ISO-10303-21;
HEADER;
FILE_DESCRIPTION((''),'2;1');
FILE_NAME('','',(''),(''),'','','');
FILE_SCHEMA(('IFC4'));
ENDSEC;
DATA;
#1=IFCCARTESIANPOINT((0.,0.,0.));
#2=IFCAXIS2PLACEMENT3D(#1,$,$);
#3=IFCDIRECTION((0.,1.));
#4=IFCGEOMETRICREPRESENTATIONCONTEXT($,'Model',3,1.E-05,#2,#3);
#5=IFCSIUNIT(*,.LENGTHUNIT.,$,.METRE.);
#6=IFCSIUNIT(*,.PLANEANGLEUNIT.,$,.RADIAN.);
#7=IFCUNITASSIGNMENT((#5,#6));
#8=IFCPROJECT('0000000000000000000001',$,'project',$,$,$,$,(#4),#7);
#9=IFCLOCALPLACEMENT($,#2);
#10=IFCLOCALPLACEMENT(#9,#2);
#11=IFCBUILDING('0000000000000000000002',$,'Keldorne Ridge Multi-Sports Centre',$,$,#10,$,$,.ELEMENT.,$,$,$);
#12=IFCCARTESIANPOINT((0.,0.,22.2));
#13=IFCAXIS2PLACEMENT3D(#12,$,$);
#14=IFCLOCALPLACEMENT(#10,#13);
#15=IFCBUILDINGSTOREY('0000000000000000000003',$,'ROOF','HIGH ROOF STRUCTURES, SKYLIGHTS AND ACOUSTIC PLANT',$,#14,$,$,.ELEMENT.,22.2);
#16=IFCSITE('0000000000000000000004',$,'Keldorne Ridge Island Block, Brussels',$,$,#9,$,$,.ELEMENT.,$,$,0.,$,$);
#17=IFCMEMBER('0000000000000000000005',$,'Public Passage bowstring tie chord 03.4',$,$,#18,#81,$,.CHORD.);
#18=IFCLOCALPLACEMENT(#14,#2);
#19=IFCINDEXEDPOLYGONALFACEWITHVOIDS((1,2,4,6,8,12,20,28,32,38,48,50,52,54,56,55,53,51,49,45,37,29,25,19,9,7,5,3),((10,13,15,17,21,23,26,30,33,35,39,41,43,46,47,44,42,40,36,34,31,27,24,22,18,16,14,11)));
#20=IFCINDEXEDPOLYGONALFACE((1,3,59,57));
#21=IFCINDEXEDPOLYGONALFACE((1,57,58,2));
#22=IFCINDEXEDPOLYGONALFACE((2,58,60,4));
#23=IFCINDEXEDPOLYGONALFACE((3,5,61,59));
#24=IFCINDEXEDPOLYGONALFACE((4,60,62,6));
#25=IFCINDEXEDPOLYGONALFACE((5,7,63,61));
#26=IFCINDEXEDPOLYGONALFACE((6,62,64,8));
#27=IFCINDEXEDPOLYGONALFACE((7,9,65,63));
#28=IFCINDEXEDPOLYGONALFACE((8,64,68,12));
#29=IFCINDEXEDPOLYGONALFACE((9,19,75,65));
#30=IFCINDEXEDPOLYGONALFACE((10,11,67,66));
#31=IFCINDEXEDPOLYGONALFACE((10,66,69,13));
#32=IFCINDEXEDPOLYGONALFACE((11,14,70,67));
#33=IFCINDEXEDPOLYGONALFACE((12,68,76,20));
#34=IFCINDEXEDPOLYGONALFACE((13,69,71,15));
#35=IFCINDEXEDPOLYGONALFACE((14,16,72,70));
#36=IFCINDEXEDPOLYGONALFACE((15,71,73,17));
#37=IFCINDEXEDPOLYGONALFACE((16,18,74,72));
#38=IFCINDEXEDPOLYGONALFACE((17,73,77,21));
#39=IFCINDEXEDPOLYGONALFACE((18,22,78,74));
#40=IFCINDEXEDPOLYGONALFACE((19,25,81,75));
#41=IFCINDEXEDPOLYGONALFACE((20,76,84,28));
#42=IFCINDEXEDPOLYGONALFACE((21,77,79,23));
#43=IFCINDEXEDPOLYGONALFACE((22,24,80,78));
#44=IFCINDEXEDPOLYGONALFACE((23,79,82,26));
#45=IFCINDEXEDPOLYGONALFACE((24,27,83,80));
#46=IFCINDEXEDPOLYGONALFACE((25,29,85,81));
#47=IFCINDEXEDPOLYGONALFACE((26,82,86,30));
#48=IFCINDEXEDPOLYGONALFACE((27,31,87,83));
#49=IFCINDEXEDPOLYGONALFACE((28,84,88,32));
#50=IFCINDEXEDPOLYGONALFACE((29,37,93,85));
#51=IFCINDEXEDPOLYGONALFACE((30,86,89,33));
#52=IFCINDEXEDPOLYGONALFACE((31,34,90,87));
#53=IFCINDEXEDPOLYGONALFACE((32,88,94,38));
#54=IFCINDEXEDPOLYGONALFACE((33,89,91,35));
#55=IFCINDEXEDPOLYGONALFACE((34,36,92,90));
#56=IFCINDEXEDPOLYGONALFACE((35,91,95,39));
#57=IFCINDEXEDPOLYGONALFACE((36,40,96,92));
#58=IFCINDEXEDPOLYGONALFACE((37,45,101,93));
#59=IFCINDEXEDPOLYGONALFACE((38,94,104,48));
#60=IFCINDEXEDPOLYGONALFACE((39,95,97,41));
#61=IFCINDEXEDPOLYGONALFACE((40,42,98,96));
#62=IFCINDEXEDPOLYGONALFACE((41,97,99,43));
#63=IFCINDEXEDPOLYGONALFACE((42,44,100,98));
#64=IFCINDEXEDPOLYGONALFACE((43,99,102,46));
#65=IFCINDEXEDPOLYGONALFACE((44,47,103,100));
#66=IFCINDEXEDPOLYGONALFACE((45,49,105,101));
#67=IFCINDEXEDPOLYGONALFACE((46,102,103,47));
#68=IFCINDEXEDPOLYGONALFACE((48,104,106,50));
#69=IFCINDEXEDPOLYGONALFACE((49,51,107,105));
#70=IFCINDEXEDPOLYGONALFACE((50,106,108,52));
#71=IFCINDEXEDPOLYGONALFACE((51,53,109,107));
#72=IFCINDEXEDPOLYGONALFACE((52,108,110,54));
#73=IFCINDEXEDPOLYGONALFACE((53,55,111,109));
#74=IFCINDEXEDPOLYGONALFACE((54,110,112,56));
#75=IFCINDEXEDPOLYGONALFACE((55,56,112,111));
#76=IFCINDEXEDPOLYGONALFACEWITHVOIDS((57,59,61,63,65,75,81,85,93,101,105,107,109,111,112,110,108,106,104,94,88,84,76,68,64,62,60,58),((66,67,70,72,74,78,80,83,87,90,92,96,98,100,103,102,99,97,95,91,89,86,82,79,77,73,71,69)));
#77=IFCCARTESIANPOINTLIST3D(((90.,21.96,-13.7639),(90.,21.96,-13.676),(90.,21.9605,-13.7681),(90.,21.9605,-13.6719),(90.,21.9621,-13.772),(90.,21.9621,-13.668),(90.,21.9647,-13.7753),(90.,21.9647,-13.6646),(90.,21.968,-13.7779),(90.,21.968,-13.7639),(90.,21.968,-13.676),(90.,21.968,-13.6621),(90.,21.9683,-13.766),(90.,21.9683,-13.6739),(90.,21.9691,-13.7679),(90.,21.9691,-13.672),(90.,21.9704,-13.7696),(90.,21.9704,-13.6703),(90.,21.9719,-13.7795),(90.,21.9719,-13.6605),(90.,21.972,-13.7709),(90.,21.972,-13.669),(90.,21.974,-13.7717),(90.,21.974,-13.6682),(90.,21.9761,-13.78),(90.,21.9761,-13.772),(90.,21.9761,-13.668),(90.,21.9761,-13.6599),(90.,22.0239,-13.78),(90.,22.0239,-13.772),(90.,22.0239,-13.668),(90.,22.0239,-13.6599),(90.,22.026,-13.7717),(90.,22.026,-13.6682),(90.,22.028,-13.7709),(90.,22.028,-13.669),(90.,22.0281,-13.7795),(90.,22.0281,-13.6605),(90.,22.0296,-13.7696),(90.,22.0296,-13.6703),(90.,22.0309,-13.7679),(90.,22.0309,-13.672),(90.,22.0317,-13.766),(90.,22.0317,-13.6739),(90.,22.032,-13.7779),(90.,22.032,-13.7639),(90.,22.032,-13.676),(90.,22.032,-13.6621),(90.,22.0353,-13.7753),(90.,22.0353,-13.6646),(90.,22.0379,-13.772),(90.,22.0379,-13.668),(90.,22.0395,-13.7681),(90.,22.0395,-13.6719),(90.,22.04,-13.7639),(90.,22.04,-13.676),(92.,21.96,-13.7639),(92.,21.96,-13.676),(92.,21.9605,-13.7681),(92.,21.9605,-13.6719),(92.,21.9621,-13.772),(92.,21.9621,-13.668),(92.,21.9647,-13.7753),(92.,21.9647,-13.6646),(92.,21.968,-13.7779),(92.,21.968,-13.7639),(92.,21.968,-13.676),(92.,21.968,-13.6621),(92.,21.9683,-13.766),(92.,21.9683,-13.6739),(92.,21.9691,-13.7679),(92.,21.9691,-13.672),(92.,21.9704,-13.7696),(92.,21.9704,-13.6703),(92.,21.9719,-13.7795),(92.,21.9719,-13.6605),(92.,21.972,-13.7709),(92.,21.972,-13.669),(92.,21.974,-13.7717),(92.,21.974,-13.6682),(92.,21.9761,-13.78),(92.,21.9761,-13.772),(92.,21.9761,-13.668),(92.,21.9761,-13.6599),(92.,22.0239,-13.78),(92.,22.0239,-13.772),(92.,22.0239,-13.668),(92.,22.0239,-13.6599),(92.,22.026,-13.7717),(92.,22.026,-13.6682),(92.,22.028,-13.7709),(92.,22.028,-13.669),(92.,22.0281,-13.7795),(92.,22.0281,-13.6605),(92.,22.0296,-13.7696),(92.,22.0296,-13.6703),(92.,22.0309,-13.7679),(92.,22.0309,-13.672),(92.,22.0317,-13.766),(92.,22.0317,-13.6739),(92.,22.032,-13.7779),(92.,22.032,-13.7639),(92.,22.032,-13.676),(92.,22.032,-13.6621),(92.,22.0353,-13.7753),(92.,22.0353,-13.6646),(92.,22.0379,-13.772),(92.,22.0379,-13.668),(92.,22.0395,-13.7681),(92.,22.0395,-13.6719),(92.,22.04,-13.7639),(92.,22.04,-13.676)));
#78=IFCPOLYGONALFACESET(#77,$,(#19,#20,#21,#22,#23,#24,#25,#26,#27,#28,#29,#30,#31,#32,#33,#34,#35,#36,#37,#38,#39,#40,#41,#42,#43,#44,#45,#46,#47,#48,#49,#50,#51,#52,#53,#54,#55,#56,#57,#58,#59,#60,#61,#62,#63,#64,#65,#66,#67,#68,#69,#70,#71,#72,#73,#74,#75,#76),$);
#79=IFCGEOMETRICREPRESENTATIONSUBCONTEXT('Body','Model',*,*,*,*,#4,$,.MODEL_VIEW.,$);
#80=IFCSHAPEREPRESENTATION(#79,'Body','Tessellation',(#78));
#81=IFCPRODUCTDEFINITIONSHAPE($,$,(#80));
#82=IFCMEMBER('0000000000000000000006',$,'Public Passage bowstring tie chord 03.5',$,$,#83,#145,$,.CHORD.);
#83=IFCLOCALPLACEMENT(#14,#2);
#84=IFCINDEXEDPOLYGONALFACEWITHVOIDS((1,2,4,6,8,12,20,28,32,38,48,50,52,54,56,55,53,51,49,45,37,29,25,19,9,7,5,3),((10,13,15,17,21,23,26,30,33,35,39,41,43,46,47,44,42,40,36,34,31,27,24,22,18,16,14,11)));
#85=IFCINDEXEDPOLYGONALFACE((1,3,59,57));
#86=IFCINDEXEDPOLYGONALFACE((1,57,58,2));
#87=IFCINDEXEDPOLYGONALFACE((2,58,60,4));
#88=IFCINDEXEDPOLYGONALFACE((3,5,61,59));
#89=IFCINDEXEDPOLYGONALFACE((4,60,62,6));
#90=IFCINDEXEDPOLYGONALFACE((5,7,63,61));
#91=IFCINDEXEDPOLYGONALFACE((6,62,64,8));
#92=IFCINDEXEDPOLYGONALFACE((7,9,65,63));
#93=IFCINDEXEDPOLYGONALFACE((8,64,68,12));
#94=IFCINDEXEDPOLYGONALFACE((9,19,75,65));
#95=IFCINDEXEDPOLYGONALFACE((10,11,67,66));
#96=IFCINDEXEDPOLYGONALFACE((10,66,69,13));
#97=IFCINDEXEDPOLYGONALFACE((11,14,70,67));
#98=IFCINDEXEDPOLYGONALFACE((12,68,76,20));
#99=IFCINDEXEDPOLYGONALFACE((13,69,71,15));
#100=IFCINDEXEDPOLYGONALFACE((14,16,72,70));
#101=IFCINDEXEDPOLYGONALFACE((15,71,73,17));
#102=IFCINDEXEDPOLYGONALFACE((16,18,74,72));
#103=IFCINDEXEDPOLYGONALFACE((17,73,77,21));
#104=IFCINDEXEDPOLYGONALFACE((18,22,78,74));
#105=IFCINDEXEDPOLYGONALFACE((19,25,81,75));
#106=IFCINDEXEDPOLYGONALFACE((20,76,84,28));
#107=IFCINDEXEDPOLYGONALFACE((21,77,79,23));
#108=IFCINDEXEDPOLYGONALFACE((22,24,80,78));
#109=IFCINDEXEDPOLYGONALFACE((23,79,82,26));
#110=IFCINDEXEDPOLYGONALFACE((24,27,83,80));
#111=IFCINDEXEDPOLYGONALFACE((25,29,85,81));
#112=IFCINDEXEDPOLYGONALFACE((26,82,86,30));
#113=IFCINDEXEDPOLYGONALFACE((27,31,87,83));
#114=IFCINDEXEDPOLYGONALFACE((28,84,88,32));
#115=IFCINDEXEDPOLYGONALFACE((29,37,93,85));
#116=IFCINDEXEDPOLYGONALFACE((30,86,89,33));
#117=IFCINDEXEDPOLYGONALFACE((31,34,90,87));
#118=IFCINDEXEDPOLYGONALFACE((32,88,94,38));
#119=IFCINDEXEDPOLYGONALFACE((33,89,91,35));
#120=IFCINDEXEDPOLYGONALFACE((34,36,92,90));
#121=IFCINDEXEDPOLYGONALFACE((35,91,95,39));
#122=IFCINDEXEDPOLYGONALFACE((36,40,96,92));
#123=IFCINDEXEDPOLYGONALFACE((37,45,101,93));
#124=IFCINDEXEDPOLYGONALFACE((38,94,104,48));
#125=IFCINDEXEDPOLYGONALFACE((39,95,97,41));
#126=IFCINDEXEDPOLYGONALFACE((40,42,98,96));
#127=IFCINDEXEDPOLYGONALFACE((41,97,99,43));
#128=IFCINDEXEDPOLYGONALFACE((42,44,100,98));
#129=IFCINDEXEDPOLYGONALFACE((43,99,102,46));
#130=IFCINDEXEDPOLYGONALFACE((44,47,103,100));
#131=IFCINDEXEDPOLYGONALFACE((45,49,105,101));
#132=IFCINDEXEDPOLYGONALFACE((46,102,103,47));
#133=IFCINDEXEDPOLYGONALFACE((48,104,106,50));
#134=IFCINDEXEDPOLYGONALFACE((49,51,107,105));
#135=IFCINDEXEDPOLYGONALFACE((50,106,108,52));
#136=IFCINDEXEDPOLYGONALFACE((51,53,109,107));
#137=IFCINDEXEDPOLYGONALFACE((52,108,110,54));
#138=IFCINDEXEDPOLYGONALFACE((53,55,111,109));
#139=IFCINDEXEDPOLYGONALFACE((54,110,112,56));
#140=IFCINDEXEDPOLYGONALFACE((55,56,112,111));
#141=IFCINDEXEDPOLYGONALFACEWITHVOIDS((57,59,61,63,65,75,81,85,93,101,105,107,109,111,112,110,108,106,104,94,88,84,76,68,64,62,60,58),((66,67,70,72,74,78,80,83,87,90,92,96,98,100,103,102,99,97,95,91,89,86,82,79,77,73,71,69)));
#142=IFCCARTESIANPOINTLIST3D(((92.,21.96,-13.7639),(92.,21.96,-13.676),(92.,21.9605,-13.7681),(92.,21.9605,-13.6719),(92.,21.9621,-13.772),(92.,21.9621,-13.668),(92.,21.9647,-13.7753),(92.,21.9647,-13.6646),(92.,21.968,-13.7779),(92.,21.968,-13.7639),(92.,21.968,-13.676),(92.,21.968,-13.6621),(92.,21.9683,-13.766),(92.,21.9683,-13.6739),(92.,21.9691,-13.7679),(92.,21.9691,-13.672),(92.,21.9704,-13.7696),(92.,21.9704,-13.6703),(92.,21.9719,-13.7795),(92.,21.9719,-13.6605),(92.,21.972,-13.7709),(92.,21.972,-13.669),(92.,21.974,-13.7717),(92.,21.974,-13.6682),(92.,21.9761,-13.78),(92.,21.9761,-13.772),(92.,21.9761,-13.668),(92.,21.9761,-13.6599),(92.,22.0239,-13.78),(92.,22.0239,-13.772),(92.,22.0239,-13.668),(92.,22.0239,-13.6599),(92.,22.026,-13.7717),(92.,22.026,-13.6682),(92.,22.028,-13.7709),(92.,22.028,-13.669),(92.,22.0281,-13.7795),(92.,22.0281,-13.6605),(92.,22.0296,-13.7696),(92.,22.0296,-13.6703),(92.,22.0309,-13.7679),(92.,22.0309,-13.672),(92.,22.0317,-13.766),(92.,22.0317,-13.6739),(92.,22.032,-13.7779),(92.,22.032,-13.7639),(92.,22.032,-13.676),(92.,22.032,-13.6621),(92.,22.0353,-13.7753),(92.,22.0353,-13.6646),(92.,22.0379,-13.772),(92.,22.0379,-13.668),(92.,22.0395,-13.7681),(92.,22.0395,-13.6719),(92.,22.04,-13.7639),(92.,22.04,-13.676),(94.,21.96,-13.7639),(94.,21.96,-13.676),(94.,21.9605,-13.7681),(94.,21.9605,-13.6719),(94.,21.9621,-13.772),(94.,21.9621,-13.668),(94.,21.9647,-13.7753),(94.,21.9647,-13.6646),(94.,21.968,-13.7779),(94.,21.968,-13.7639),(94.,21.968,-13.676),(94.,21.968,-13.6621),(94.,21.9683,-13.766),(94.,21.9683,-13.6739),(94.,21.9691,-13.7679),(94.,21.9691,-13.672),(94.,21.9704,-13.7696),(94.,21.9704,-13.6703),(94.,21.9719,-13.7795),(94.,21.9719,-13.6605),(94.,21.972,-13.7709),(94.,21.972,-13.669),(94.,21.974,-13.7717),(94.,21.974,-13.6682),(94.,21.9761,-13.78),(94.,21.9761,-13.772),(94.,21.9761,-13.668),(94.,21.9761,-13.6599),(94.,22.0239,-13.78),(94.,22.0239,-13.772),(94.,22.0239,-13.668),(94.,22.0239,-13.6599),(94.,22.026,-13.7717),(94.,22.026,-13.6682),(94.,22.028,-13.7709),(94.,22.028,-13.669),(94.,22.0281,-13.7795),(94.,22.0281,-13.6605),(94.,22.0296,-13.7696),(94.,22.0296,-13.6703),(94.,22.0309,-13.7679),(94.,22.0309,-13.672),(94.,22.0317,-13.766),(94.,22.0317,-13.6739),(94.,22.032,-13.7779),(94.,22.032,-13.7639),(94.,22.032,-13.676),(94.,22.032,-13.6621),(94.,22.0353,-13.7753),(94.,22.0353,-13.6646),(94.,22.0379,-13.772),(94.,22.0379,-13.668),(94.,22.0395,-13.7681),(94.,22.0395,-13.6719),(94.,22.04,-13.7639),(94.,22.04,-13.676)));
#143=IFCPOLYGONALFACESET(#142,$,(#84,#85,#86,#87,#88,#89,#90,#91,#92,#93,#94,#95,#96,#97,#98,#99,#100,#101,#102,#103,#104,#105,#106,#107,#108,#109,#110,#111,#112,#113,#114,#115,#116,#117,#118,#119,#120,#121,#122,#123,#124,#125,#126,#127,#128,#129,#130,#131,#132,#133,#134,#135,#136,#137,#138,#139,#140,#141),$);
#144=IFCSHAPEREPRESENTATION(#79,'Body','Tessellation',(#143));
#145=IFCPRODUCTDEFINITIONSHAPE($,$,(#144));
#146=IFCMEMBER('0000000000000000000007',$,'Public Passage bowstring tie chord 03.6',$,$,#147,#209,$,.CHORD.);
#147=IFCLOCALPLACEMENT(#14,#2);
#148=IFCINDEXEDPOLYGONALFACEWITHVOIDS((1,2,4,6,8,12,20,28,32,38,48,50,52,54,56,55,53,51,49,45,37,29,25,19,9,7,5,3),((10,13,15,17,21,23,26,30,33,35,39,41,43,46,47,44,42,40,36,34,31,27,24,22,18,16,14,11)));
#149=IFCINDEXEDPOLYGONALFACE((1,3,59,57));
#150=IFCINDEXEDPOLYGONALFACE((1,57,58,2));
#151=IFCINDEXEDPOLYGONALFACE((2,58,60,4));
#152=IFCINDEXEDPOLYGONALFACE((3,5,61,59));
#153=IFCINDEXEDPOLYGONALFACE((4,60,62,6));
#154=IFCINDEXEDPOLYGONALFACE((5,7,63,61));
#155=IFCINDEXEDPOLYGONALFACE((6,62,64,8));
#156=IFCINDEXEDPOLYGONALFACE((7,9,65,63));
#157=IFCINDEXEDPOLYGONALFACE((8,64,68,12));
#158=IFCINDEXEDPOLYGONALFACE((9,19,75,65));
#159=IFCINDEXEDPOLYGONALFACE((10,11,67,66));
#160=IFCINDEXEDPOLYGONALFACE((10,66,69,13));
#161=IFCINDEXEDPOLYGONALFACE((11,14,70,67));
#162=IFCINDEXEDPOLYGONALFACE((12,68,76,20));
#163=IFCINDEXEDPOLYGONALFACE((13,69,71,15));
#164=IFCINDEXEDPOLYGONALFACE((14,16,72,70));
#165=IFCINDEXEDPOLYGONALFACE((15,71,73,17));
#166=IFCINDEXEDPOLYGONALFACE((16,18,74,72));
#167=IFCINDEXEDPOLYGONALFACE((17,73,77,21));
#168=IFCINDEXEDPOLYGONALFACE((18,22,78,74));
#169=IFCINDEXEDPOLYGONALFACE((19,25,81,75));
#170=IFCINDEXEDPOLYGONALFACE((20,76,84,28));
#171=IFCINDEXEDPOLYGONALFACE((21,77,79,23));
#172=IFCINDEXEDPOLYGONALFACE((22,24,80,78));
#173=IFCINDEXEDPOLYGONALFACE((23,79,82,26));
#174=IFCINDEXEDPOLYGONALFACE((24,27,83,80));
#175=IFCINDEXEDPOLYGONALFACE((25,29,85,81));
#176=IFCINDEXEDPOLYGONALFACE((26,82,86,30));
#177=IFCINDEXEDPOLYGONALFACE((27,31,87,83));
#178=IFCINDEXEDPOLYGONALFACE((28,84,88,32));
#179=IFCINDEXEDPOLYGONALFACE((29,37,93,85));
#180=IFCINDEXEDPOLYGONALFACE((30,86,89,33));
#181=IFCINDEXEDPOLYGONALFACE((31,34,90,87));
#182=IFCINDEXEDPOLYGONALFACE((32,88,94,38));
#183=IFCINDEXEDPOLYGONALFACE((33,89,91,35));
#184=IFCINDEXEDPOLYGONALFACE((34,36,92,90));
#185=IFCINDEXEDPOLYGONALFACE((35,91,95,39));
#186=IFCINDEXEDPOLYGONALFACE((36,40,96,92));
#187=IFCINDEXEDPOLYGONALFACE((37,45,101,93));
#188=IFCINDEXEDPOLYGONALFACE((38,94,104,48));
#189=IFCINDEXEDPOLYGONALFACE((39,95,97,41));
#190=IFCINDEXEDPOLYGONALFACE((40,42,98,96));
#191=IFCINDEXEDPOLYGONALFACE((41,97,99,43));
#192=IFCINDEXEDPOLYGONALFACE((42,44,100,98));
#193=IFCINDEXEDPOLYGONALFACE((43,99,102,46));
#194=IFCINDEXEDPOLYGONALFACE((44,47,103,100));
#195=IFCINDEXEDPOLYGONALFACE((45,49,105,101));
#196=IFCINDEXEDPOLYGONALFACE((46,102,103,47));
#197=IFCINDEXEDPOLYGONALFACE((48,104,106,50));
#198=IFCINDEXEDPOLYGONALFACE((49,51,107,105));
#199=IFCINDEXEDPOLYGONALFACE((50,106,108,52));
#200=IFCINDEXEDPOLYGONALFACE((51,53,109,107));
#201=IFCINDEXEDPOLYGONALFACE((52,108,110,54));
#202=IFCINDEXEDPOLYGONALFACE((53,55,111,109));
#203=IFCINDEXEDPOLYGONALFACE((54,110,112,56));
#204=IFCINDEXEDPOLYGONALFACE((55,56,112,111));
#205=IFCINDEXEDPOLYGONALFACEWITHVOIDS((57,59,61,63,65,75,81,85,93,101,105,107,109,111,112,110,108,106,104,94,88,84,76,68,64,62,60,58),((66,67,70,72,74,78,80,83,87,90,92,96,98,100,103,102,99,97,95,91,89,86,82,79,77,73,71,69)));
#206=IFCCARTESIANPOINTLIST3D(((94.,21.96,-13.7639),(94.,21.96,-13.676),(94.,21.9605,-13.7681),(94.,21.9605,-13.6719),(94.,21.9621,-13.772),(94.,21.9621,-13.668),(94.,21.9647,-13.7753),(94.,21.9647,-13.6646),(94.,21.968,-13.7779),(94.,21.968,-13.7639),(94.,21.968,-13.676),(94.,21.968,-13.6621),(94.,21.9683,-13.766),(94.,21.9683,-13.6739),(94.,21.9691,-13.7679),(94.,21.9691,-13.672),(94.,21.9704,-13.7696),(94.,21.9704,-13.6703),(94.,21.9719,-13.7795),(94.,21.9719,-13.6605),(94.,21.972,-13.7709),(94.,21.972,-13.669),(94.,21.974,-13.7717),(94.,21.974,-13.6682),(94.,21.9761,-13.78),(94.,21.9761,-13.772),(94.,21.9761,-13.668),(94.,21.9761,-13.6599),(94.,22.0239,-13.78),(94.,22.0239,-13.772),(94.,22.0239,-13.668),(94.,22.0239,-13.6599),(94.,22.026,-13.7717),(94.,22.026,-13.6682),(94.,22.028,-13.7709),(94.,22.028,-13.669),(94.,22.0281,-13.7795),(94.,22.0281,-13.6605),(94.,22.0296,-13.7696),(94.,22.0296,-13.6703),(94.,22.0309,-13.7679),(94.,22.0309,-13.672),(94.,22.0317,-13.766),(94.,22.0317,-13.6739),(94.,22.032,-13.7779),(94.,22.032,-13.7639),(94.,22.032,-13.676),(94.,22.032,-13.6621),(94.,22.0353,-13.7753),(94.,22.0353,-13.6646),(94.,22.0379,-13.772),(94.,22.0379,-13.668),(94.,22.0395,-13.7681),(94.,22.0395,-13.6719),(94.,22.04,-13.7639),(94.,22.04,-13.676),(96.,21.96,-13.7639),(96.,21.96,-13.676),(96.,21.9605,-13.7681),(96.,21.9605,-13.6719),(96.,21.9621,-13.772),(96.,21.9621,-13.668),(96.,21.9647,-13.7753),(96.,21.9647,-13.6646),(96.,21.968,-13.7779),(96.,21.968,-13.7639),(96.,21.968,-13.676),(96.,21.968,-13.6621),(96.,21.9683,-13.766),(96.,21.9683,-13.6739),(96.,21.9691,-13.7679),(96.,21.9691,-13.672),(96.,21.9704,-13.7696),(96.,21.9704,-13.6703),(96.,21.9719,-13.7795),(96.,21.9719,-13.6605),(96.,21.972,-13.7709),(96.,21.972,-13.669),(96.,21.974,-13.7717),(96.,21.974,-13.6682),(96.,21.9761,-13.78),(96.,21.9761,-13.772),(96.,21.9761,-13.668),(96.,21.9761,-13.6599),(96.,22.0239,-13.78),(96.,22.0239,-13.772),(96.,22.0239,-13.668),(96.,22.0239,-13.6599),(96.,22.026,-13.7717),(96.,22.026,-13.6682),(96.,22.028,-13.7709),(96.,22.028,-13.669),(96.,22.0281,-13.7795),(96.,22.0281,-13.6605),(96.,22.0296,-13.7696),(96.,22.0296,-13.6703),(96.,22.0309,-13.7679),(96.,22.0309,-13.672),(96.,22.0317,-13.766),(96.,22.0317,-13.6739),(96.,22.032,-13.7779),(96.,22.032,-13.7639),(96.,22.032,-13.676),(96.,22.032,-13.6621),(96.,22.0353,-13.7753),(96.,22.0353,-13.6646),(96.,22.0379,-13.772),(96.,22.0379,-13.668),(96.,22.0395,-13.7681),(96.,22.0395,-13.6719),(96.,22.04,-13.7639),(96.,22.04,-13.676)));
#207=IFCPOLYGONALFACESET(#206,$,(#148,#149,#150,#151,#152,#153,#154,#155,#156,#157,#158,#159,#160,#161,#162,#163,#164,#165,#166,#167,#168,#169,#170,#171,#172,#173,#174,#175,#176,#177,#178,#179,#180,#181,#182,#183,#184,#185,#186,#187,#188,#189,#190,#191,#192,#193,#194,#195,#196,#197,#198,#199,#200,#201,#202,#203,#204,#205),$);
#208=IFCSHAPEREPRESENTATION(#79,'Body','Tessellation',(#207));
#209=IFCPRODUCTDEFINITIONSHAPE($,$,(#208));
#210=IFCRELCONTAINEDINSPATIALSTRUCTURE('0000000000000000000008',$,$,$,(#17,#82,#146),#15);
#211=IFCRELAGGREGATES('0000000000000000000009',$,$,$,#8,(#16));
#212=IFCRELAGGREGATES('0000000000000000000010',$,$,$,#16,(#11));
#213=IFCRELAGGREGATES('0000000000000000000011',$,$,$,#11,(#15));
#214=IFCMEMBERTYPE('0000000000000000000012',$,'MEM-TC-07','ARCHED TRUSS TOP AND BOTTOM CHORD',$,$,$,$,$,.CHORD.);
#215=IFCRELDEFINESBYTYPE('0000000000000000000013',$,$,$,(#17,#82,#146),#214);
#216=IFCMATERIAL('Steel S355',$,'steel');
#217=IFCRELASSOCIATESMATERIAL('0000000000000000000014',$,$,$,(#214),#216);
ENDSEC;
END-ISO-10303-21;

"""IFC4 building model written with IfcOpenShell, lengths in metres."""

from ifc_helpers import new_model, si_unit, direction, frame, origin, origin_2d, place, context, subcontext, project, spatial, hollow_rectangle, extrude, material, material_profile, profile_set, type_object, element, save


model = new_model("IFC4")

# Units and contexts
model_context = context("Model", 3, precision=1e-05, world=origin(), true_north=direction((0.0, 1.0)))
body_context = subcontext(model_context, "Body", "Model", "MODEL_VIEW")
ifc_project = project(units=[si_unit("LENGTHUNIT", "METRE"), si_unit("PLANEANGLEUNIT", "RADIAN")], contexts=[model_context])

# Site, building, storey
site_placement = place(None, origin())
site = spatial("IfcSite", under=ifc_project, at=site_placement, Name="Keldorne Ridge Island Block, Brussels", CompositionType="ELEMENT", RefElevation=0.0)
building_placement = place(site_placement, origin())
building = spatial("IfcBuilding", under=site, at=building_placement, Name="Keldorne Ridge Multi-Sports Centre", CompositionType="ELEMENT")
storey_placement = place(building_placement, frame((0.0, 0.0, 22.2)))
storey = spatial("IfcBuildingStorey", under=building, at=storey_placement, Name="ROOF", Description="HIGH ROOF STRUCTURES, SKYLIGHTS AND ACOUSTIC PLANT", CompositionType="ELEMENT", Elevation=22.2)

# Members
ifc_material = material(Name="Steel S355", Category="steel")
ifc_material_profile_1 = material_profile(ifc_material, hollow_rectangle(XDim=0.0801, YDim=0.1201, WallThickness=0.0081, InnerFilletRadius=0.0081, OuterFilletRadius=0.0161, at=origin_2d()), Name="RHS 120x80x8")
ifc_profile_set_1 = profile_set([ifc_material_profile_1], Name="Steel S355")
member_type_1 = type_object("IfcMemberType", Name="MEM-TC-07", Description="ARCHED TRUSS TOP AND BOTTOM CHORD", PredefinedType="CHORD", material=ifc_profile_set_1)
for number, where, z_axis, x_axis, name in (
    (1, (90.0, 22.0, -13.72), (1.0, 0.0, 0.0), (0.0, 1.0, 0.0), "Public Passage bowstring tie chord 03.4"),
    (2, (92.0, 22.0, -13.72), (1.0, 0.0, 0.0), (0.0, 1.0, 0.0), "Public Passage bowstring tie chord 03.5"),
    (3, (94.0, 22.0, -13.72), (1.0, 0.0, 0.0), (0.0, 1.0, 0.0), "Public Passage bowstring tie chord 03.6"),
):
    element("IfcMember", number, at=place(storey_placement, frame(where, z_axis=z_axis, x_axis=x_axis)), inside=storey, type_object=member_type_1, Name=name, PredefinedType="CHORD", context=body_context, shape_type="SweptSolid", body=[
        extrude(hollow_rectangle(XDim=0.0801, YDim=0.1201, WallThickness=0.0081, InnerFilletRadius=0.0081, OuterFilletRadius=0.0161, at=origin_2d()), origin(), (0.0, 0.0, 1.0), 2.0),
    ])

save(model, "model.ifc")
